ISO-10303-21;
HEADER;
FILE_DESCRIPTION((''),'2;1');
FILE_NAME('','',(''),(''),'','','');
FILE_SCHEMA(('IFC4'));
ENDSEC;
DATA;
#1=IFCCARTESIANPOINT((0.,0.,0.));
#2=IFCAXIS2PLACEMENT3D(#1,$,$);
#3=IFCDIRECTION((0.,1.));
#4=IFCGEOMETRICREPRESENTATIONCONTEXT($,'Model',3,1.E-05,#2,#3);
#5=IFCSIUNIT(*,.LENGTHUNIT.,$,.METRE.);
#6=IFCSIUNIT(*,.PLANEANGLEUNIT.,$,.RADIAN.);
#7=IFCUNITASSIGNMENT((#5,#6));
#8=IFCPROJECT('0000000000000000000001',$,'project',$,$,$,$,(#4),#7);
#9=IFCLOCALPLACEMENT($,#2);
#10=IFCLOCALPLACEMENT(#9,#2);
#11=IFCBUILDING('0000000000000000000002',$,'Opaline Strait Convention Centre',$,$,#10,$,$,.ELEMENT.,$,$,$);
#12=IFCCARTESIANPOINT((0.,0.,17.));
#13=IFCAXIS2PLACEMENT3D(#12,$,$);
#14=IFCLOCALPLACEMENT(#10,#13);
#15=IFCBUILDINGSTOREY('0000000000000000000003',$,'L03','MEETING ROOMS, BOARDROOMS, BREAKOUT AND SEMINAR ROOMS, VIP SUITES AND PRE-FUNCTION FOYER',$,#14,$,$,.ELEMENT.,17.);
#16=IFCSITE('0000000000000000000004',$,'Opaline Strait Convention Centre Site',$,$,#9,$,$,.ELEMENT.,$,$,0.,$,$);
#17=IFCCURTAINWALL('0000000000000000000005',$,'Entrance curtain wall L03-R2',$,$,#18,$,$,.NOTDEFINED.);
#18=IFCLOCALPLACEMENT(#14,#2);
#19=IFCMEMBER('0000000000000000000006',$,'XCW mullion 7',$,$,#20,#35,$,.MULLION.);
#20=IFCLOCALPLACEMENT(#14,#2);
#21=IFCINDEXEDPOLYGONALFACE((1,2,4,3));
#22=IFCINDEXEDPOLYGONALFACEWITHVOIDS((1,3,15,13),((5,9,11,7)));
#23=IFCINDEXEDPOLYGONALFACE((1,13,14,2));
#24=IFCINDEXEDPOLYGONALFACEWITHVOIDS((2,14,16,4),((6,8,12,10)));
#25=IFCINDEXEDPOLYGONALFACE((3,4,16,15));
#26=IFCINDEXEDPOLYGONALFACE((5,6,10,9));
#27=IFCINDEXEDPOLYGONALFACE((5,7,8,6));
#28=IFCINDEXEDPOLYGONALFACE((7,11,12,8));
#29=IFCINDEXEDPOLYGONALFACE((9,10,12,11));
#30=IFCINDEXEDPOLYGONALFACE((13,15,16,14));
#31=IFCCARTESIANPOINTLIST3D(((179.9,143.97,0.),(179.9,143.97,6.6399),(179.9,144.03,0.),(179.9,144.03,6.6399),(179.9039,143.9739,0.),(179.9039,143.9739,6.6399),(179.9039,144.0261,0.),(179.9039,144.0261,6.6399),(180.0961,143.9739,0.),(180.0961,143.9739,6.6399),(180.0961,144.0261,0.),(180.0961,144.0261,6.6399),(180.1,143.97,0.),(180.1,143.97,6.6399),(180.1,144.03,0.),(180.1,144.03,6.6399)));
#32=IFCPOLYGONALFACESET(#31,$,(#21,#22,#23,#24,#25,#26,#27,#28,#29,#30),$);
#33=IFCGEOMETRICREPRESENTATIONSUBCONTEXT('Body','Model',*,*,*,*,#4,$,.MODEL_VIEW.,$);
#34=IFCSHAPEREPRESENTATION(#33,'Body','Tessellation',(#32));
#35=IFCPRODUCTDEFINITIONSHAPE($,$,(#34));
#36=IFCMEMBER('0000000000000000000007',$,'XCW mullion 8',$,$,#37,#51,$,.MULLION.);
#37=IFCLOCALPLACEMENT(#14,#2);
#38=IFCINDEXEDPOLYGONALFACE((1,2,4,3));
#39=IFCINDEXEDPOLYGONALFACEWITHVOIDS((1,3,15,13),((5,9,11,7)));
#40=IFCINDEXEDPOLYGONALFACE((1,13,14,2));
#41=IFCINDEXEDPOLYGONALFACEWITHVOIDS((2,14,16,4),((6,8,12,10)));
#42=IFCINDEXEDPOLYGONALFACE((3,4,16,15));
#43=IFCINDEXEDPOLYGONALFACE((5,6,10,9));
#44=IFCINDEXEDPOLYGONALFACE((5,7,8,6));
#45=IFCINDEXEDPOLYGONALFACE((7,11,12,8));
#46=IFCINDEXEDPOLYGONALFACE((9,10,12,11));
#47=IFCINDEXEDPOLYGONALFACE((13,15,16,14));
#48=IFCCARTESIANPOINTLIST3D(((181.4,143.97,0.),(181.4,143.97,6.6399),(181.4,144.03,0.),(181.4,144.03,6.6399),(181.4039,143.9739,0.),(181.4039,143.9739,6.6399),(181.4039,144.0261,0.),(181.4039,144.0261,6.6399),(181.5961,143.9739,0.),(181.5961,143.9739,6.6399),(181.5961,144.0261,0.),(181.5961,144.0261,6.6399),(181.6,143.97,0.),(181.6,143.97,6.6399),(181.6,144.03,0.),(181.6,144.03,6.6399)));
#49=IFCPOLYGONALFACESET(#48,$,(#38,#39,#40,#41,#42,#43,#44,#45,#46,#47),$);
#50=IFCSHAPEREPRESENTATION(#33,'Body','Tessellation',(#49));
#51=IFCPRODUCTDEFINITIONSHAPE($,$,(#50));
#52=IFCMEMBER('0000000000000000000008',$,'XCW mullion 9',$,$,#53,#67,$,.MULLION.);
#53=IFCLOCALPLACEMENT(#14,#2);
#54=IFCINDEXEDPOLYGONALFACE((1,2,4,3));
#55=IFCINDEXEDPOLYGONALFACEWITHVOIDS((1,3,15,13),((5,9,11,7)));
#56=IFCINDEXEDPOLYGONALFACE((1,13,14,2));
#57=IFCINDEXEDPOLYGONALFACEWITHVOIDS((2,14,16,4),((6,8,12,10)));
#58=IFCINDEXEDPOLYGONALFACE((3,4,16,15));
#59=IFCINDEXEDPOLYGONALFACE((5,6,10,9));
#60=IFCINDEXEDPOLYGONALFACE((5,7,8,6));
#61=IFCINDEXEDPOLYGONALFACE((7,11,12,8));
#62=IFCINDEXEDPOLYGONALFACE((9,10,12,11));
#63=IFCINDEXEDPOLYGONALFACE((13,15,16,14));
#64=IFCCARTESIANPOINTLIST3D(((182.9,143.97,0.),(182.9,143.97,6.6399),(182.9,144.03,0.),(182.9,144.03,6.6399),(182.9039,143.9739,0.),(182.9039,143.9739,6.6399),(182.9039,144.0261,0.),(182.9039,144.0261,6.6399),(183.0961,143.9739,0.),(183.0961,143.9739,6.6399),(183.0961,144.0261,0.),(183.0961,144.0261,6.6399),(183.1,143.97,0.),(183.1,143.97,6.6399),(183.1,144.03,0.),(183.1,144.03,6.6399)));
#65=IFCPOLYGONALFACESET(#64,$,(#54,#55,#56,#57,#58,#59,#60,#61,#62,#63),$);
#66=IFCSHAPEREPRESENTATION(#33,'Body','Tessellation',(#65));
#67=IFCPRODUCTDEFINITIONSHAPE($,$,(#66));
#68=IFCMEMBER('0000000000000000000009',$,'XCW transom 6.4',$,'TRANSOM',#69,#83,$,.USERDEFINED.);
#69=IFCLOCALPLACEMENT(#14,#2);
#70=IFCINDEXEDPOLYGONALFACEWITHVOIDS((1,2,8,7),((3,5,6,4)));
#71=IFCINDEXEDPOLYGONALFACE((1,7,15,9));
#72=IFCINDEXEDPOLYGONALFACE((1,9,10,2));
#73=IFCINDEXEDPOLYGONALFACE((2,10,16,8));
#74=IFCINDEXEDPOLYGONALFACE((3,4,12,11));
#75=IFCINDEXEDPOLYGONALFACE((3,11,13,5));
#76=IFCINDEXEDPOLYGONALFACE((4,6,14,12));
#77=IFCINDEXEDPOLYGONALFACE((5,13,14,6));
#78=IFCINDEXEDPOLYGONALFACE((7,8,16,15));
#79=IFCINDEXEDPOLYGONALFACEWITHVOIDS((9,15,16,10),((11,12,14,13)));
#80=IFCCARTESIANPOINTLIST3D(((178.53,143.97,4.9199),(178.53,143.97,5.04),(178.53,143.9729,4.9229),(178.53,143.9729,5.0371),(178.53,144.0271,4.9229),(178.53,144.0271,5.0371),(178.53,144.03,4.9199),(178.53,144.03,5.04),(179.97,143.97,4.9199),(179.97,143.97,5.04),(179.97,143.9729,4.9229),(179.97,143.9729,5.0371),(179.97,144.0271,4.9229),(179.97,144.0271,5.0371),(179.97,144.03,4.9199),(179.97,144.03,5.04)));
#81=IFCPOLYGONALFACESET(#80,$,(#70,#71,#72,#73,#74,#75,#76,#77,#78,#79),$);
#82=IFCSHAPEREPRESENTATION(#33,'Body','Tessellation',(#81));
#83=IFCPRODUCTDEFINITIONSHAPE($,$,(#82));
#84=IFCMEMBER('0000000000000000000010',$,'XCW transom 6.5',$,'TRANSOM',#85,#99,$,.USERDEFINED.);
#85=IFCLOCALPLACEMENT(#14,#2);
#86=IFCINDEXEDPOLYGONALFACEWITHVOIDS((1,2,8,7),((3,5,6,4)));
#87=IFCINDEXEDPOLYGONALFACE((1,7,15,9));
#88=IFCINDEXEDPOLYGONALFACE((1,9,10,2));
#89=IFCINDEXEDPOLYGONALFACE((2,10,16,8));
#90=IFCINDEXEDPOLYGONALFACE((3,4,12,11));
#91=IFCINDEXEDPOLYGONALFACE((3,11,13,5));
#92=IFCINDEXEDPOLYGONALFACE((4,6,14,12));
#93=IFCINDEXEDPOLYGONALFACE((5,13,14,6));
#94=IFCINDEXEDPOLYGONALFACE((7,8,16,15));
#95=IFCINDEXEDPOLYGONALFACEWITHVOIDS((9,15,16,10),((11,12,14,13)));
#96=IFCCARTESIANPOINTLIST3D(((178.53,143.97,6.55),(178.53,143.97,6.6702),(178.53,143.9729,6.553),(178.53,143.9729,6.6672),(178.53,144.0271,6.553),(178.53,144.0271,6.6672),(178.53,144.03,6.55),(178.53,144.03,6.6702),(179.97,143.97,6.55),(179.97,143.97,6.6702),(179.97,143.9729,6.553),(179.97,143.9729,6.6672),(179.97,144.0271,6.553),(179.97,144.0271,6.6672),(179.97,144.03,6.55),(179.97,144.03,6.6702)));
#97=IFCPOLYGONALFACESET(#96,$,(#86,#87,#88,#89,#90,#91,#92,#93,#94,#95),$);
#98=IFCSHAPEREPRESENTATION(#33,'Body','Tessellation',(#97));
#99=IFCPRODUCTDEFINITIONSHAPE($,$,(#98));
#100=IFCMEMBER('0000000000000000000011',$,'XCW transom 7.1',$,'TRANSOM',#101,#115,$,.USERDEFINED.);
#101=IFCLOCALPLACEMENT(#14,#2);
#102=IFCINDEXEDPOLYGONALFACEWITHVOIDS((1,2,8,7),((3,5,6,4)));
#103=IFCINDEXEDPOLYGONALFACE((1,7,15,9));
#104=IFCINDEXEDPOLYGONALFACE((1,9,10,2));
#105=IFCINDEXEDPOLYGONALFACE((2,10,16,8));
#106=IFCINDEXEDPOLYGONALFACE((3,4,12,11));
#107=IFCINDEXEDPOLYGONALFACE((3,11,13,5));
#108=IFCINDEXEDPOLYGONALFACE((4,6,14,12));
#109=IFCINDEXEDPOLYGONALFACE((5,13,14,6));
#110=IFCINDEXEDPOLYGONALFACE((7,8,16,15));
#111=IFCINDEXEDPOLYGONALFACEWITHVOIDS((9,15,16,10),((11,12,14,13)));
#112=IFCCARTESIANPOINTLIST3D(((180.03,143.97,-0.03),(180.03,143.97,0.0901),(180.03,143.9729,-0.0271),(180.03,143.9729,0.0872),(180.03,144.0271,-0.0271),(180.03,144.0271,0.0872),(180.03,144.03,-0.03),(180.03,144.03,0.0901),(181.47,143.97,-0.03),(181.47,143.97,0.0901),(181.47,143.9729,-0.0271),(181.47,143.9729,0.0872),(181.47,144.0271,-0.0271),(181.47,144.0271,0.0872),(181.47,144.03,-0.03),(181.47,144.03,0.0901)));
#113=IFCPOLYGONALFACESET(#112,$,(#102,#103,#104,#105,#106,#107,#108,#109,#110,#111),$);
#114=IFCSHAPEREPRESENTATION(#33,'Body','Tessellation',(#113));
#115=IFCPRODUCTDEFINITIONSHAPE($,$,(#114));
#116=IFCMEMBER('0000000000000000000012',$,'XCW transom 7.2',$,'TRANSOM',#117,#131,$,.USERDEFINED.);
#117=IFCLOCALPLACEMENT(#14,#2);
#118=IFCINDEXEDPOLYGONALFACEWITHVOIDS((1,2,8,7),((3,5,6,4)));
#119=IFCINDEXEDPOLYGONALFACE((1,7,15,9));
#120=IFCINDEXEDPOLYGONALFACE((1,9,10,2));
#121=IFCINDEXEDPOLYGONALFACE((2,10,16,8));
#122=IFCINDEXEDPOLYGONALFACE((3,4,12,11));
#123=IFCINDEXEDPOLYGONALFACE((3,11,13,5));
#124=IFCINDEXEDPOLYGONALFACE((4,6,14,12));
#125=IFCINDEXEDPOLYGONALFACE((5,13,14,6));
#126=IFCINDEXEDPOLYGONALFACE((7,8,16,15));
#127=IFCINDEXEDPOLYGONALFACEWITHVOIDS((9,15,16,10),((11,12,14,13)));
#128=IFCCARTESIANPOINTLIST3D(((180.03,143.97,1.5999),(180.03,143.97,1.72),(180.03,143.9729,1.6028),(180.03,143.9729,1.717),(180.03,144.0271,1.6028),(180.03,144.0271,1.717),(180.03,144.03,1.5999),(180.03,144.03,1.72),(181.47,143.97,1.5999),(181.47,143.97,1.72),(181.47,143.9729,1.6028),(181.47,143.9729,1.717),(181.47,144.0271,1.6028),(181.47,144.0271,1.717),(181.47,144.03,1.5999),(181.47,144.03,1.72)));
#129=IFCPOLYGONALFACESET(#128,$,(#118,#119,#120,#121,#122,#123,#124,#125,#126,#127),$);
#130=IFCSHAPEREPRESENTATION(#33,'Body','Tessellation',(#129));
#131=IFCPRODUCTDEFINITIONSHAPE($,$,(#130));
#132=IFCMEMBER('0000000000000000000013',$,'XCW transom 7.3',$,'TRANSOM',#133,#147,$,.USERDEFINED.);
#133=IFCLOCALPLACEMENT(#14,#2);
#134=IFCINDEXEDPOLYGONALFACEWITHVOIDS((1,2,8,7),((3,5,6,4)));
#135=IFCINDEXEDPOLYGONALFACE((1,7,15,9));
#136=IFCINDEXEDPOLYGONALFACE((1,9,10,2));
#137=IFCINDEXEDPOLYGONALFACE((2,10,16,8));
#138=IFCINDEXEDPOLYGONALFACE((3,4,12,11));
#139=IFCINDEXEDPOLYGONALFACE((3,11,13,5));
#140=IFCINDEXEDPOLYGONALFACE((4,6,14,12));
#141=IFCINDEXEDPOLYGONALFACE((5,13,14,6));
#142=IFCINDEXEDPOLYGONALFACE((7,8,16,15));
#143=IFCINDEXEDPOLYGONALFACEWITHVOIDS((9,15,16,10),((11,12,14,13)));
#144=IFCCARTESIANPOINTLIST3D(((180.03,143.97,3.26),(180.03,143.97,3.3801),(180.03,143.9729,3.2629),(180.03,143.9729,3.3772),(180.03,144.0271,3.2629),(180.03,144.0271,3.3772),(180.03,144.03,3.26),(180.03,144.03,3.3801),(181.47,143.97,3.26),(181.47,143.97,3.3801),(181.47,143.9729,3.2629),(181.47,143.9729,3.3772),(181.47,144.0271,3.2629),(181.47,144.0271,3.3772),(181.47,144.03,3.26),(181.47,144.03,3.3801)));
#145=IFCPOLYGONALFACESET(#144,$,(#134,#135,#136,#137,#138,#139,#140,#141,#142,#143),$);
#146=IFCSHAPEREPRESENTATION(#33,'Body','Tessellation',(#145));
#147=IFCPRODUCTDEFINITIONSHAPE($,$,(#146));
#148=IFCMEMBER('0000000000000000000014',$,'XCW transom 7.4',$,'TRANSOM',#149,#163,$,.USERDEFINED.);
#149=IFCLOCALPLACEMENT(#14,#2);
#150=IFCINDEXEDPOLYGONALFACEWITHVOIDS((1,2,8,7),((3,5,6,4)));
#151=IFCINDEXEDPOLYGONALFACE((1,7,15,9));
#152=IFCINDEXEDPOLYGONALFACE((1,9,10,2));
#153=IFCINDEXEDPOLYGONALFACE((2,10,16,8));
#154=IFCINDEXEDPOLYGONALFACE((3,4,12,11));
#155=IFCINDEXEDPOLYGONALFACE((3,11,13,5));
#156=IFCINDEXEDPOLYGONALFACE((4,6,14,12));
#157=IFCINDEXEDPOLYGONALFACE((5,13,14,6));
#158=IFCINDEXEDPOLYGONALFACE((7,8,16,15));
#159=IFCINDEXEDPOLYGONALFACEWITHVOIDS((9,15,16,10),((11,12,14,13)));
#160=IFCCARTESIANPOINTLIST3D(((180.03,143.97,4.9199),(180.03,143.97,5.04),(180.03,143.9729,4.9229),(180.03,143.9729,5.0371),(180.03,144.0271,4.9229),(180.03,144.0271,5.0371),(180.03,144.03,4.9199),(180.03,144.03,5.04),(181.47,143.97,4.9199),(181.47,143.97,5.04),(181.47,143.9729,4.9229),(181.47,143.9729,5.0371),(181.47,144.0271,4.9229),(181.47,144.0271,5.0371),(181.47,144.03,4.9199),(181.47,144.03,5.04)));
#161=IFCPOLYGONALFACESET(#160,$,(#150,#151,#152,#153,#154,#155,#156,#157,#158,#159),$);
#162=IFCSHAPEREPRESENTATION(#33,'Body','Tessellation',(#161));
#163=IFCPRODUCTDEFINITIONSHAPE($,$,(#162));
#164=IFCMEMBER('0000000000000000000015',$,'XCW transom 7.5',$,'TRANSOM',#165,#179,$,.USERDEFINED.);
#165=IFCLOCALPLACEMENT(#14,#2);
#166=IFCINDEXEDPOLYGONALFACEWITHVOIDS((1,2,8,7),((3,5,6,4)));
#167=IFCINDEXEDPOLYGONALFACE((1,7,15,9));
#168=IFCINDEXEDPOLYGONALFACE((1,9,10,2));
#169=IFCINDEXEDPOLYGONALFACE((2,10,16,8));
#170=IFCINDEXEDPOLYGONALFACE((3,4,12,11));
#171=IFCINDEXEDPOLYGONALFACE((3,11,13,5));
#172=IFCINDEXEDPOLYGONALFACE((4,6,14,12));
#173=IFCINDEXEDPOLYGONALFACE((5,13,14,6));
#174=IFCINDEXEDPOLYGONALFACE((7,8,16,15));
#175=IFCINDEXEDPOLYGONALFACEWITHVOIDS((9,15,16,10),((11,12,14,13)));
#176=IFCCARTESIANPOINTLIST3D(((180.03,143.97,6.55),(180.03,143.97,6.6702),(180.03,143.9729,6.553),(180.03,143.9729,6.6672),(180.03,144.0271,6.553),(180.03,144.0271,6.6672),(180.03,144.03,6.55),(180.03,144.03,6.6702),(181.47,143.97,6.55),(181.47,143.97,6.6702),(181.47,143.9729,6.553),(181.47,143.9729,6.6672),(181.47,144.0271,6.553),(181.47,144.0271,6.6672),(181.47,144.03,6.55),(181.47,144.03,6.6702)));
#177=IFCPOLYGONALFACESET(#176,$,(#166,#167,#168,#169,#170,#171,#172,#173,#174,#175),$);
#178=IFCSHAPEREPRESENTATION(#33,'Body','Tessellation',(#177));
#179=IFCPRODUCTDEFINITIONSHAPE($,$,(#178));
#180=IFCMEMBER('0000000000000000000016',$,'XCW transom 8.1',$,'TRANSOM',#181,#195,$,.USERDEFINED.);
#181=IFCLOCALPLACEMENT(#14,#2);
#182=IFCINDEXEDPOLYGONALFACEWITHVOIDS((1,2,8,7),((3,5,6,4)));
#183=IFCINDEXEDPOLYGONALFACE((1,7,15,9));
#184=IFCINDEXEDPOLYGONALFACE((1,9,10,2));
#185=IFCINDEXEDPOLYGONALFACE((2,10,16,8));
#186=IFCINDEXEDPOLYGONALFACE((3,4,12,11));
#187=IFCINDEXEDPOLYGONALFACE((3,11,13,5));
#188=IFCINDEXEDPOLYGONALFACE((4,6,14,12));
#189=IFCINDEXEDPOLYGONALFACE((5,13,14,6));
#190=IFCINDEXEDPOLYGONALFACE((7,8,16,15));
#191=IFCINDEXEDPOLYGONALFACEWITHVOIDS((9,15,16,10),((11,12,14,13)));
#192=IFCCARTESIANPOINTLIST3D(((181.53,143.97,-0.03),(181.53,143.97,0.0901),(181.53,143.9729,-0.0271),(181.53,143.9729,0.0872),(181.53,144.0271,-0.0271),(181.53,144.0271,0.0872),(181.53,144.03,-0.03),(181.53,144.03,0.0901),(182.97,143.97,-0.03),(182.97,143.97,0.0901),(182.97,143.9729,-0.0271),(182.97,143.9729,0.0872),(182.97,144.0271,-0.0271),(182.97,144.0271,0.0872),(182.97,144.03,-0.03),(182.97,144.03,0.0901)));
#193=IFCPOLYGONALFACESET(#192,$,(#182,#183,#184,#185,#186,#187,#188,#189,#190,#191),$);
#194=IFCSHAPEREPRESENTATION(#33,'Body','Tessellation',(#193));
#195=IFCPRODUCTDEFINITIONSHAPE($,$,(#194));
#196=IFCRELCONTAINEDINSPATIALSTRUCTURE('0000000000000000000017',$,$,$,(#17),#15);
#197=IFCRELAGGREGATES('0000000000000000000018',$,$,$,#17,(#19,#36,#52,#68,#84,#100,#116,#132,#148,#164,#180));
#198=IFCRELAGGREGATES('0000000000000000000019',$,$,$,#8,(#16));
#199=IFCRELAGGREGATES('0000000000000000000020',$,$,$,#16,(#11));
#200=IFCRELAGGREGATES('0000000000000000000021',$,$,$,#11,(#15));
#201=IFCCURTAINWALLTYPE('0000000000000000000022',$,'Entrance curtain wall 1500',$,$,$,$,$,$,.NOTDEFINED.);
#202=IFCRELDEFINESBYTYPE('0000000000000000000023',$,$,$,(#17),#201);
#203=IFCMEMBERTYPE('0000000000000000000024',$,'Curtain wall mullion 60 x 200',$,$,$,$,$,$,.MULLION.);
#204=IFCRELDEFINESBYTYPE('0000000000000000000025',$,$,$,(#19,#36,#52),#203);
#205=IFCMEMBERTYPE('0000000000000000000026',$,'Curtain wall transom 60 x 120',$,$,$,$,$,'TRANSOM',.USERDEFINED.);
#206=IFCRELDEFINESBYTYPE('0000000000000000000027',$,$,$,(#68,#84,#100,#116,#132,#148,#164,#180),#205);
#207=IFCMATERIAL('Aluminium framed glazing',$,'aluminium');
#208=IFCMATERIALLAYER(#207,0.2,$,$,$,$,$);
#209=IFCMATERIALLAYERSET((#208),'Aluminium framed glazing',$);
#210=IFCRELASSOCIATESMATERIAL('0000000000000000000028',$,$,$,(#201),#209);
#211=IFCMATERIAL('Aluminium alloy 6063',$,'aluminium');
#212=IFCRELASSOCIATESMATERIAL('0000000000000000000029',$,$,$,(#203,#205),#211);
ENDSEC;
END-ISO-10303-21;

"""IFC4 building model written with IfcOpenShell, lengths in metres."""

from ifc_helpers import new_model, si_unit, direction, frame, origin, origin_2d, place, context, subcontext, project, spatial, hollow_rectangle, extrude, material, layer, layer_set, material_profile, profile_set, type_object, element, aggregate, save


model = new_model("IFC4")

# Units and contexts
model_context = context("Model", 3, precision=1e-05, world=origin(), true_north=direction((0.0, 1.0)))
body_context = subcontext(model_context, "Body", "Model", "MODEL_VIEW")
ifc_project = project(units=[si_unit("LENGTHUNIT", "METRE"), si_unit("PLANEANGLEUNIT", "RADIAN")], contexts=[model_context])

# Site, building, storey
site_placement = place(None, origin())
site = spatial("IfcSite", under=ifc_project, at=site_placement, Name="Opaline Strait Convention Centre Site", CompositionType="ELEMENT", RefElevation=0.0)
building_placement = place(site_placement, origin())
building = spatial("IfcBuilding", under=site, at=building_placement, Name="Opaline Strait Convention Centre", CompositionType="ELEMENT")
storey_placement = place(building_placement, frame((0.0, 0.0, 17.0)))
storey = spatial("IfcBuildingStorey", under=building, at=storey_placement, Name="L03", Description="MEETING ROOMS, BOARDROOMS, BREAKOUT AND SEMINAR ROOMS, VIP SUITES AND PRE-FUNCTION FOYER", CompositionType="ELEMENT", Elevation=17.0)

# Curtain wall, members
ifc_material_1 = material(Name="Aluminium framed glazing", Category="aluminium")
ifc_layer_1 = layer(ifc_material_1, 0.2)
ifc_layer_set_1 = layer_set([ifc_layer_1], Name="Aluminium framed glazing")
curtain_wall_type = type_object("IfcCurtainWallType", Name="Entrance curtain wall 1500", PredefinedType="NOTDEFINED", material=ifc_layer_set_1)
curtain_wall_placement = place(storey_placement, origin())
curtain_wall = element("IfcCurtainWall", 1, at=curtain_wall_placement, inside=storey, type_object=curtain_wall_type, Name="Entrance curtain wall L03-R2", PredefinedType="NOTDEFINED")
ifc_material_2 = material(Name="Aluminium alloy 6063", Category="aluminium")
ifc_material_profile_1 = material_profile(ifc_material_2, hollow_rectangle(XDim=0.0601, YDim=0.2, WallThickness=0.0039, at=origin_2d()), Name="MULLION 60x200x4")
ifc_profile_set_1 = profile_set([ifc_material_profile_1], Name="Aluminium alloy 6063")
member_type_1 = type_object("IfcMemberType", Name="Curtain wall mullion 60 x 200", PredefinedType="MULLION", material=ifc_profile_set_1)
member_1_placement = place(storey_placement, frame((180.0, 144.0, 0.0), z_axis=(0.0, 0.0, 1.0), x_axis=(0.0, 1.0, 0.0)))
member_1 = element("IfcMember", 2, at=member_1_placement, type_object=member_type_1, Name="XCW mullion 7", PredefinedType="MULLION", context=body_context, shape_type="SweptSolid", body=[
    extrude(hollow_rectangle(XDim=0.0601, YDim=0.2, WallThickness=0.0039, at=origin_2d()), origin(), (0.0, 0.0, 1.0), 6.6399),
])
member_2_placement = place(storey_placement, frame((181.5, 144.0, 0.0), z_axis=(0.0, 0.0, 1.0), x_axis=(0.0, 1.0, 0.0)))
member_2 = element("IfcMember", 3, at=member_2_placement, type_object=member_type_1, Name="XCW mullion 8", PredefinedType="MULLION", context=body_context, shape_type="SweptSolid", body=[
    extrude(hollow_rectangle(XDim=0.0601, YDim=0.2, WallThickness=0.0039, at=origin_2d()), origin(), (0.0, 0.0, 1.0), 6.6399),
])
member_3_placement = place(storey_placement, frame((183.0, 144.0, 0.0), z_axis=(0.0, 0.0, 1.0), x_axis=(0.0, 1.0, 0.0)))
member_3 = element("IfcMember", 4, at=member_3_placement, type_object=member_type_1, Name="XCW mullion 9", PredefinedType="MULLION", context=body_context, shape_type="SweptSolid", body=[
    extrude(hollow_rectangle(XDim=0.0601, YDim=0.2, WallThickness=0.0039, at=origin_2d()), origin(), (0.0, 0.0, 1.0), 6.6399),
])
ifc_material_profile_2 = material_profile(ifc_material_2, hollow_rectangle(XDim=0.0601, YDim=0.1201, WallThickness=0.0029, at=origin_2d()), Name="TRANSOM 60x120x3")
ifc_profile_set_2 = profile_set([ifc_material_profile_2], Name="Aluminium alloy 6063")
member_type_2 = type_object("IfcMemberType", Name="Curtain wall transom 60 x 120", ElementType="TRANSOM", PredefinedType="USERDEFINED", material=ifc_profile_set_2)
member_4_placement = place(storey_placement, frame((178.53, 144.0, 4.98), z_axis=(1.0, 0.0, 0.0), x_axis=(0.0, 1.0, 0.0)))
member_4 = element("IfcMember", 5, at=member_4_placement, type_object=member_type_2, Name="XCW transom 6.4", ObjectType="TRANSOM", PredefinedType="USERDEFINED", context=body_context, shape_type="SweptSolid", body=[
    extrude(hollow_rectangle(XDim=0.0601, YDim=0.1201, WallThickness=0.0029, at=origin_2d()), origin(), (0.0, 0.0, 1.0), 1.4399),
])
member_5_placement = place(storey_placement, frame((178.53, 144.0, 6.6101), z_axis=(1.0, 0.0, 0.0), x_axis=(0.0, 1.0, 0.0)))
member_5 = element("IfcMember", 6, at=member_5_placement, type_object=member_type_2, Name="XCW transom 6.5", ObjectType="TRANSOM", PredefinedType="USERDEFINED", context=body_context, shape_type="SweptSolid", body=[
    extrude(hollow_rectangle(XDim=0.0601, YDim=0.1201, WallThickness=0.0029, at=origin_2d()), origin(), (0.0, 0.0, 1.0), 1.4399),
])
member_6_placement = place(storey_placement, frame((180.03, 144.0, 0.03), z_axis=(1.0, 0.0, 0.0), x_axis=(0.0, 1.0, 0.0)))
member_6 = element("IfcMember", 7, at=member_6_placement, type_object=member_type_2, Name="XCW transom 7.1", ObjectType="TRANSOM", PredefinedType="USERDEFINED", context=body_context, shape_type="SweptSolid", body=[
    extrude(hollow_rectangle(XDim=0.0601, YDim=0.1201, WallThickness=0.0029, at=origin_2d()), origin(), (0.0, 0.0, 1.0), 1.4399),
])
member_7_placement = place(storey_placement, frame((180.03, 144.0, 1.6599), z_axis=(1.0, 0.0, 0.0), x_axis=(0.0, 1.0, 0.0)))
member_7 = element("IfcMember", 8, at=member_7_placement, type_object=member_type_2, Name="XCW transom 7.2", ObjectType="TRANSOM", PredefinedType="USERDEFINED", context=body_context, shape_type="SweptSolid", body=[
    extrude(hollow_rectangle(XDim=0.0601, YDim=0.1201, WallThickness=0.0029, at=origin_2d()), origin(), (0.0, 0.0, 1.0), 1.4399),
])
member_8_placement = place(storey_placement, frame((180.03, 144.0, 3.3201), z_axis=(1.0, 0.0, 0.0), x_axis=(0.0, 1.0, 0.0)))
member_8 = element("IfcMember", 9, at=member_8_placement, type_object=member_type_2, Name="XCW transom 7.3", ObjectType="TRANSOM", PredefinedType="USERDEFINED", context=body_context, shape_type="SweptSolid", body=[
    extrude(hollow_rectangle(XDim=0.0601, YDim=0.1201, WallThickness=0.0029, at=origin_2d()), origin(), (0.0, 0.0, 1.0), 1.4399),
])
member_9_placement = place(storey_placement, frame((180.03, 144.0, 4.98), z_axis=(1.0, 0.0, 0.0), x_axis=(0.0, 1.0, 0.0)))
member_9 = element("IfcMember", 10, at=member_9_placement, type_object=member_type_2, Name="XCW transom 7.4", ObjectType="TRANSOM", PredefinedType="USERDEFINED", context=body_context, shape_type="SweptSolid", body=[
    extrude(hollow_rectangle(XDim=0.0601, YDim=0.1201, WallThickness=0.0029, at=origin_2d()), origin(), (0.0, 0.0, 1.0), 1.4399),
])
member_10_placement = place(storey_placement, frame((180.03, 144.0, 6.6101), z_axis=(1.0, 0.0, 0.0), x_axis=(0.0, 1.0, 0.0)))
member_10 = element("IfcMember", 11, at=member_10_placement, type_object=member_type_2, Name="XCW transom 7.5", ObjectType="TRANSOM", PredefinedType="USERDEFINED", context=body_context, shape_type="SweptSolid", body=[
    extrude(hollow_rectangle(XDim=0.0601, YDim=0.1201, WallThickness=0.0029, at=origin_2d()), origin(), (0.0, 0.0, 1.0), 1.4399),
])
member_11_placement = place(storey_placement, frame((181.53, 144.0, 0.03), z_axis=(1.0, 0.0, 0.0), x_axis=(0.0, 1.0, 0.0)))
member_11 = element("IfcMember", 12, at=member_11_placement, type_object=member_type_2, Name="XCW transom 8.1", ObjectType="TRANSOM", PredefinedType="USERDEFINED", context=body_context, shape_type="SweptSolid", body=[
    extrude(hollow_rectangle(XDim=0.0601, YDim=0.1201, WallThickness=0.0029, at=origin_2d()), origin(), (0.0, 0.0, 1.0), 1.4399),
])
aggregate(curtain_wall, [member_1, member_2, member_3, member_4, member_5, member_6, member_7, member_8, member_9, member_10, member_11])

save(model, "model.ifc")
